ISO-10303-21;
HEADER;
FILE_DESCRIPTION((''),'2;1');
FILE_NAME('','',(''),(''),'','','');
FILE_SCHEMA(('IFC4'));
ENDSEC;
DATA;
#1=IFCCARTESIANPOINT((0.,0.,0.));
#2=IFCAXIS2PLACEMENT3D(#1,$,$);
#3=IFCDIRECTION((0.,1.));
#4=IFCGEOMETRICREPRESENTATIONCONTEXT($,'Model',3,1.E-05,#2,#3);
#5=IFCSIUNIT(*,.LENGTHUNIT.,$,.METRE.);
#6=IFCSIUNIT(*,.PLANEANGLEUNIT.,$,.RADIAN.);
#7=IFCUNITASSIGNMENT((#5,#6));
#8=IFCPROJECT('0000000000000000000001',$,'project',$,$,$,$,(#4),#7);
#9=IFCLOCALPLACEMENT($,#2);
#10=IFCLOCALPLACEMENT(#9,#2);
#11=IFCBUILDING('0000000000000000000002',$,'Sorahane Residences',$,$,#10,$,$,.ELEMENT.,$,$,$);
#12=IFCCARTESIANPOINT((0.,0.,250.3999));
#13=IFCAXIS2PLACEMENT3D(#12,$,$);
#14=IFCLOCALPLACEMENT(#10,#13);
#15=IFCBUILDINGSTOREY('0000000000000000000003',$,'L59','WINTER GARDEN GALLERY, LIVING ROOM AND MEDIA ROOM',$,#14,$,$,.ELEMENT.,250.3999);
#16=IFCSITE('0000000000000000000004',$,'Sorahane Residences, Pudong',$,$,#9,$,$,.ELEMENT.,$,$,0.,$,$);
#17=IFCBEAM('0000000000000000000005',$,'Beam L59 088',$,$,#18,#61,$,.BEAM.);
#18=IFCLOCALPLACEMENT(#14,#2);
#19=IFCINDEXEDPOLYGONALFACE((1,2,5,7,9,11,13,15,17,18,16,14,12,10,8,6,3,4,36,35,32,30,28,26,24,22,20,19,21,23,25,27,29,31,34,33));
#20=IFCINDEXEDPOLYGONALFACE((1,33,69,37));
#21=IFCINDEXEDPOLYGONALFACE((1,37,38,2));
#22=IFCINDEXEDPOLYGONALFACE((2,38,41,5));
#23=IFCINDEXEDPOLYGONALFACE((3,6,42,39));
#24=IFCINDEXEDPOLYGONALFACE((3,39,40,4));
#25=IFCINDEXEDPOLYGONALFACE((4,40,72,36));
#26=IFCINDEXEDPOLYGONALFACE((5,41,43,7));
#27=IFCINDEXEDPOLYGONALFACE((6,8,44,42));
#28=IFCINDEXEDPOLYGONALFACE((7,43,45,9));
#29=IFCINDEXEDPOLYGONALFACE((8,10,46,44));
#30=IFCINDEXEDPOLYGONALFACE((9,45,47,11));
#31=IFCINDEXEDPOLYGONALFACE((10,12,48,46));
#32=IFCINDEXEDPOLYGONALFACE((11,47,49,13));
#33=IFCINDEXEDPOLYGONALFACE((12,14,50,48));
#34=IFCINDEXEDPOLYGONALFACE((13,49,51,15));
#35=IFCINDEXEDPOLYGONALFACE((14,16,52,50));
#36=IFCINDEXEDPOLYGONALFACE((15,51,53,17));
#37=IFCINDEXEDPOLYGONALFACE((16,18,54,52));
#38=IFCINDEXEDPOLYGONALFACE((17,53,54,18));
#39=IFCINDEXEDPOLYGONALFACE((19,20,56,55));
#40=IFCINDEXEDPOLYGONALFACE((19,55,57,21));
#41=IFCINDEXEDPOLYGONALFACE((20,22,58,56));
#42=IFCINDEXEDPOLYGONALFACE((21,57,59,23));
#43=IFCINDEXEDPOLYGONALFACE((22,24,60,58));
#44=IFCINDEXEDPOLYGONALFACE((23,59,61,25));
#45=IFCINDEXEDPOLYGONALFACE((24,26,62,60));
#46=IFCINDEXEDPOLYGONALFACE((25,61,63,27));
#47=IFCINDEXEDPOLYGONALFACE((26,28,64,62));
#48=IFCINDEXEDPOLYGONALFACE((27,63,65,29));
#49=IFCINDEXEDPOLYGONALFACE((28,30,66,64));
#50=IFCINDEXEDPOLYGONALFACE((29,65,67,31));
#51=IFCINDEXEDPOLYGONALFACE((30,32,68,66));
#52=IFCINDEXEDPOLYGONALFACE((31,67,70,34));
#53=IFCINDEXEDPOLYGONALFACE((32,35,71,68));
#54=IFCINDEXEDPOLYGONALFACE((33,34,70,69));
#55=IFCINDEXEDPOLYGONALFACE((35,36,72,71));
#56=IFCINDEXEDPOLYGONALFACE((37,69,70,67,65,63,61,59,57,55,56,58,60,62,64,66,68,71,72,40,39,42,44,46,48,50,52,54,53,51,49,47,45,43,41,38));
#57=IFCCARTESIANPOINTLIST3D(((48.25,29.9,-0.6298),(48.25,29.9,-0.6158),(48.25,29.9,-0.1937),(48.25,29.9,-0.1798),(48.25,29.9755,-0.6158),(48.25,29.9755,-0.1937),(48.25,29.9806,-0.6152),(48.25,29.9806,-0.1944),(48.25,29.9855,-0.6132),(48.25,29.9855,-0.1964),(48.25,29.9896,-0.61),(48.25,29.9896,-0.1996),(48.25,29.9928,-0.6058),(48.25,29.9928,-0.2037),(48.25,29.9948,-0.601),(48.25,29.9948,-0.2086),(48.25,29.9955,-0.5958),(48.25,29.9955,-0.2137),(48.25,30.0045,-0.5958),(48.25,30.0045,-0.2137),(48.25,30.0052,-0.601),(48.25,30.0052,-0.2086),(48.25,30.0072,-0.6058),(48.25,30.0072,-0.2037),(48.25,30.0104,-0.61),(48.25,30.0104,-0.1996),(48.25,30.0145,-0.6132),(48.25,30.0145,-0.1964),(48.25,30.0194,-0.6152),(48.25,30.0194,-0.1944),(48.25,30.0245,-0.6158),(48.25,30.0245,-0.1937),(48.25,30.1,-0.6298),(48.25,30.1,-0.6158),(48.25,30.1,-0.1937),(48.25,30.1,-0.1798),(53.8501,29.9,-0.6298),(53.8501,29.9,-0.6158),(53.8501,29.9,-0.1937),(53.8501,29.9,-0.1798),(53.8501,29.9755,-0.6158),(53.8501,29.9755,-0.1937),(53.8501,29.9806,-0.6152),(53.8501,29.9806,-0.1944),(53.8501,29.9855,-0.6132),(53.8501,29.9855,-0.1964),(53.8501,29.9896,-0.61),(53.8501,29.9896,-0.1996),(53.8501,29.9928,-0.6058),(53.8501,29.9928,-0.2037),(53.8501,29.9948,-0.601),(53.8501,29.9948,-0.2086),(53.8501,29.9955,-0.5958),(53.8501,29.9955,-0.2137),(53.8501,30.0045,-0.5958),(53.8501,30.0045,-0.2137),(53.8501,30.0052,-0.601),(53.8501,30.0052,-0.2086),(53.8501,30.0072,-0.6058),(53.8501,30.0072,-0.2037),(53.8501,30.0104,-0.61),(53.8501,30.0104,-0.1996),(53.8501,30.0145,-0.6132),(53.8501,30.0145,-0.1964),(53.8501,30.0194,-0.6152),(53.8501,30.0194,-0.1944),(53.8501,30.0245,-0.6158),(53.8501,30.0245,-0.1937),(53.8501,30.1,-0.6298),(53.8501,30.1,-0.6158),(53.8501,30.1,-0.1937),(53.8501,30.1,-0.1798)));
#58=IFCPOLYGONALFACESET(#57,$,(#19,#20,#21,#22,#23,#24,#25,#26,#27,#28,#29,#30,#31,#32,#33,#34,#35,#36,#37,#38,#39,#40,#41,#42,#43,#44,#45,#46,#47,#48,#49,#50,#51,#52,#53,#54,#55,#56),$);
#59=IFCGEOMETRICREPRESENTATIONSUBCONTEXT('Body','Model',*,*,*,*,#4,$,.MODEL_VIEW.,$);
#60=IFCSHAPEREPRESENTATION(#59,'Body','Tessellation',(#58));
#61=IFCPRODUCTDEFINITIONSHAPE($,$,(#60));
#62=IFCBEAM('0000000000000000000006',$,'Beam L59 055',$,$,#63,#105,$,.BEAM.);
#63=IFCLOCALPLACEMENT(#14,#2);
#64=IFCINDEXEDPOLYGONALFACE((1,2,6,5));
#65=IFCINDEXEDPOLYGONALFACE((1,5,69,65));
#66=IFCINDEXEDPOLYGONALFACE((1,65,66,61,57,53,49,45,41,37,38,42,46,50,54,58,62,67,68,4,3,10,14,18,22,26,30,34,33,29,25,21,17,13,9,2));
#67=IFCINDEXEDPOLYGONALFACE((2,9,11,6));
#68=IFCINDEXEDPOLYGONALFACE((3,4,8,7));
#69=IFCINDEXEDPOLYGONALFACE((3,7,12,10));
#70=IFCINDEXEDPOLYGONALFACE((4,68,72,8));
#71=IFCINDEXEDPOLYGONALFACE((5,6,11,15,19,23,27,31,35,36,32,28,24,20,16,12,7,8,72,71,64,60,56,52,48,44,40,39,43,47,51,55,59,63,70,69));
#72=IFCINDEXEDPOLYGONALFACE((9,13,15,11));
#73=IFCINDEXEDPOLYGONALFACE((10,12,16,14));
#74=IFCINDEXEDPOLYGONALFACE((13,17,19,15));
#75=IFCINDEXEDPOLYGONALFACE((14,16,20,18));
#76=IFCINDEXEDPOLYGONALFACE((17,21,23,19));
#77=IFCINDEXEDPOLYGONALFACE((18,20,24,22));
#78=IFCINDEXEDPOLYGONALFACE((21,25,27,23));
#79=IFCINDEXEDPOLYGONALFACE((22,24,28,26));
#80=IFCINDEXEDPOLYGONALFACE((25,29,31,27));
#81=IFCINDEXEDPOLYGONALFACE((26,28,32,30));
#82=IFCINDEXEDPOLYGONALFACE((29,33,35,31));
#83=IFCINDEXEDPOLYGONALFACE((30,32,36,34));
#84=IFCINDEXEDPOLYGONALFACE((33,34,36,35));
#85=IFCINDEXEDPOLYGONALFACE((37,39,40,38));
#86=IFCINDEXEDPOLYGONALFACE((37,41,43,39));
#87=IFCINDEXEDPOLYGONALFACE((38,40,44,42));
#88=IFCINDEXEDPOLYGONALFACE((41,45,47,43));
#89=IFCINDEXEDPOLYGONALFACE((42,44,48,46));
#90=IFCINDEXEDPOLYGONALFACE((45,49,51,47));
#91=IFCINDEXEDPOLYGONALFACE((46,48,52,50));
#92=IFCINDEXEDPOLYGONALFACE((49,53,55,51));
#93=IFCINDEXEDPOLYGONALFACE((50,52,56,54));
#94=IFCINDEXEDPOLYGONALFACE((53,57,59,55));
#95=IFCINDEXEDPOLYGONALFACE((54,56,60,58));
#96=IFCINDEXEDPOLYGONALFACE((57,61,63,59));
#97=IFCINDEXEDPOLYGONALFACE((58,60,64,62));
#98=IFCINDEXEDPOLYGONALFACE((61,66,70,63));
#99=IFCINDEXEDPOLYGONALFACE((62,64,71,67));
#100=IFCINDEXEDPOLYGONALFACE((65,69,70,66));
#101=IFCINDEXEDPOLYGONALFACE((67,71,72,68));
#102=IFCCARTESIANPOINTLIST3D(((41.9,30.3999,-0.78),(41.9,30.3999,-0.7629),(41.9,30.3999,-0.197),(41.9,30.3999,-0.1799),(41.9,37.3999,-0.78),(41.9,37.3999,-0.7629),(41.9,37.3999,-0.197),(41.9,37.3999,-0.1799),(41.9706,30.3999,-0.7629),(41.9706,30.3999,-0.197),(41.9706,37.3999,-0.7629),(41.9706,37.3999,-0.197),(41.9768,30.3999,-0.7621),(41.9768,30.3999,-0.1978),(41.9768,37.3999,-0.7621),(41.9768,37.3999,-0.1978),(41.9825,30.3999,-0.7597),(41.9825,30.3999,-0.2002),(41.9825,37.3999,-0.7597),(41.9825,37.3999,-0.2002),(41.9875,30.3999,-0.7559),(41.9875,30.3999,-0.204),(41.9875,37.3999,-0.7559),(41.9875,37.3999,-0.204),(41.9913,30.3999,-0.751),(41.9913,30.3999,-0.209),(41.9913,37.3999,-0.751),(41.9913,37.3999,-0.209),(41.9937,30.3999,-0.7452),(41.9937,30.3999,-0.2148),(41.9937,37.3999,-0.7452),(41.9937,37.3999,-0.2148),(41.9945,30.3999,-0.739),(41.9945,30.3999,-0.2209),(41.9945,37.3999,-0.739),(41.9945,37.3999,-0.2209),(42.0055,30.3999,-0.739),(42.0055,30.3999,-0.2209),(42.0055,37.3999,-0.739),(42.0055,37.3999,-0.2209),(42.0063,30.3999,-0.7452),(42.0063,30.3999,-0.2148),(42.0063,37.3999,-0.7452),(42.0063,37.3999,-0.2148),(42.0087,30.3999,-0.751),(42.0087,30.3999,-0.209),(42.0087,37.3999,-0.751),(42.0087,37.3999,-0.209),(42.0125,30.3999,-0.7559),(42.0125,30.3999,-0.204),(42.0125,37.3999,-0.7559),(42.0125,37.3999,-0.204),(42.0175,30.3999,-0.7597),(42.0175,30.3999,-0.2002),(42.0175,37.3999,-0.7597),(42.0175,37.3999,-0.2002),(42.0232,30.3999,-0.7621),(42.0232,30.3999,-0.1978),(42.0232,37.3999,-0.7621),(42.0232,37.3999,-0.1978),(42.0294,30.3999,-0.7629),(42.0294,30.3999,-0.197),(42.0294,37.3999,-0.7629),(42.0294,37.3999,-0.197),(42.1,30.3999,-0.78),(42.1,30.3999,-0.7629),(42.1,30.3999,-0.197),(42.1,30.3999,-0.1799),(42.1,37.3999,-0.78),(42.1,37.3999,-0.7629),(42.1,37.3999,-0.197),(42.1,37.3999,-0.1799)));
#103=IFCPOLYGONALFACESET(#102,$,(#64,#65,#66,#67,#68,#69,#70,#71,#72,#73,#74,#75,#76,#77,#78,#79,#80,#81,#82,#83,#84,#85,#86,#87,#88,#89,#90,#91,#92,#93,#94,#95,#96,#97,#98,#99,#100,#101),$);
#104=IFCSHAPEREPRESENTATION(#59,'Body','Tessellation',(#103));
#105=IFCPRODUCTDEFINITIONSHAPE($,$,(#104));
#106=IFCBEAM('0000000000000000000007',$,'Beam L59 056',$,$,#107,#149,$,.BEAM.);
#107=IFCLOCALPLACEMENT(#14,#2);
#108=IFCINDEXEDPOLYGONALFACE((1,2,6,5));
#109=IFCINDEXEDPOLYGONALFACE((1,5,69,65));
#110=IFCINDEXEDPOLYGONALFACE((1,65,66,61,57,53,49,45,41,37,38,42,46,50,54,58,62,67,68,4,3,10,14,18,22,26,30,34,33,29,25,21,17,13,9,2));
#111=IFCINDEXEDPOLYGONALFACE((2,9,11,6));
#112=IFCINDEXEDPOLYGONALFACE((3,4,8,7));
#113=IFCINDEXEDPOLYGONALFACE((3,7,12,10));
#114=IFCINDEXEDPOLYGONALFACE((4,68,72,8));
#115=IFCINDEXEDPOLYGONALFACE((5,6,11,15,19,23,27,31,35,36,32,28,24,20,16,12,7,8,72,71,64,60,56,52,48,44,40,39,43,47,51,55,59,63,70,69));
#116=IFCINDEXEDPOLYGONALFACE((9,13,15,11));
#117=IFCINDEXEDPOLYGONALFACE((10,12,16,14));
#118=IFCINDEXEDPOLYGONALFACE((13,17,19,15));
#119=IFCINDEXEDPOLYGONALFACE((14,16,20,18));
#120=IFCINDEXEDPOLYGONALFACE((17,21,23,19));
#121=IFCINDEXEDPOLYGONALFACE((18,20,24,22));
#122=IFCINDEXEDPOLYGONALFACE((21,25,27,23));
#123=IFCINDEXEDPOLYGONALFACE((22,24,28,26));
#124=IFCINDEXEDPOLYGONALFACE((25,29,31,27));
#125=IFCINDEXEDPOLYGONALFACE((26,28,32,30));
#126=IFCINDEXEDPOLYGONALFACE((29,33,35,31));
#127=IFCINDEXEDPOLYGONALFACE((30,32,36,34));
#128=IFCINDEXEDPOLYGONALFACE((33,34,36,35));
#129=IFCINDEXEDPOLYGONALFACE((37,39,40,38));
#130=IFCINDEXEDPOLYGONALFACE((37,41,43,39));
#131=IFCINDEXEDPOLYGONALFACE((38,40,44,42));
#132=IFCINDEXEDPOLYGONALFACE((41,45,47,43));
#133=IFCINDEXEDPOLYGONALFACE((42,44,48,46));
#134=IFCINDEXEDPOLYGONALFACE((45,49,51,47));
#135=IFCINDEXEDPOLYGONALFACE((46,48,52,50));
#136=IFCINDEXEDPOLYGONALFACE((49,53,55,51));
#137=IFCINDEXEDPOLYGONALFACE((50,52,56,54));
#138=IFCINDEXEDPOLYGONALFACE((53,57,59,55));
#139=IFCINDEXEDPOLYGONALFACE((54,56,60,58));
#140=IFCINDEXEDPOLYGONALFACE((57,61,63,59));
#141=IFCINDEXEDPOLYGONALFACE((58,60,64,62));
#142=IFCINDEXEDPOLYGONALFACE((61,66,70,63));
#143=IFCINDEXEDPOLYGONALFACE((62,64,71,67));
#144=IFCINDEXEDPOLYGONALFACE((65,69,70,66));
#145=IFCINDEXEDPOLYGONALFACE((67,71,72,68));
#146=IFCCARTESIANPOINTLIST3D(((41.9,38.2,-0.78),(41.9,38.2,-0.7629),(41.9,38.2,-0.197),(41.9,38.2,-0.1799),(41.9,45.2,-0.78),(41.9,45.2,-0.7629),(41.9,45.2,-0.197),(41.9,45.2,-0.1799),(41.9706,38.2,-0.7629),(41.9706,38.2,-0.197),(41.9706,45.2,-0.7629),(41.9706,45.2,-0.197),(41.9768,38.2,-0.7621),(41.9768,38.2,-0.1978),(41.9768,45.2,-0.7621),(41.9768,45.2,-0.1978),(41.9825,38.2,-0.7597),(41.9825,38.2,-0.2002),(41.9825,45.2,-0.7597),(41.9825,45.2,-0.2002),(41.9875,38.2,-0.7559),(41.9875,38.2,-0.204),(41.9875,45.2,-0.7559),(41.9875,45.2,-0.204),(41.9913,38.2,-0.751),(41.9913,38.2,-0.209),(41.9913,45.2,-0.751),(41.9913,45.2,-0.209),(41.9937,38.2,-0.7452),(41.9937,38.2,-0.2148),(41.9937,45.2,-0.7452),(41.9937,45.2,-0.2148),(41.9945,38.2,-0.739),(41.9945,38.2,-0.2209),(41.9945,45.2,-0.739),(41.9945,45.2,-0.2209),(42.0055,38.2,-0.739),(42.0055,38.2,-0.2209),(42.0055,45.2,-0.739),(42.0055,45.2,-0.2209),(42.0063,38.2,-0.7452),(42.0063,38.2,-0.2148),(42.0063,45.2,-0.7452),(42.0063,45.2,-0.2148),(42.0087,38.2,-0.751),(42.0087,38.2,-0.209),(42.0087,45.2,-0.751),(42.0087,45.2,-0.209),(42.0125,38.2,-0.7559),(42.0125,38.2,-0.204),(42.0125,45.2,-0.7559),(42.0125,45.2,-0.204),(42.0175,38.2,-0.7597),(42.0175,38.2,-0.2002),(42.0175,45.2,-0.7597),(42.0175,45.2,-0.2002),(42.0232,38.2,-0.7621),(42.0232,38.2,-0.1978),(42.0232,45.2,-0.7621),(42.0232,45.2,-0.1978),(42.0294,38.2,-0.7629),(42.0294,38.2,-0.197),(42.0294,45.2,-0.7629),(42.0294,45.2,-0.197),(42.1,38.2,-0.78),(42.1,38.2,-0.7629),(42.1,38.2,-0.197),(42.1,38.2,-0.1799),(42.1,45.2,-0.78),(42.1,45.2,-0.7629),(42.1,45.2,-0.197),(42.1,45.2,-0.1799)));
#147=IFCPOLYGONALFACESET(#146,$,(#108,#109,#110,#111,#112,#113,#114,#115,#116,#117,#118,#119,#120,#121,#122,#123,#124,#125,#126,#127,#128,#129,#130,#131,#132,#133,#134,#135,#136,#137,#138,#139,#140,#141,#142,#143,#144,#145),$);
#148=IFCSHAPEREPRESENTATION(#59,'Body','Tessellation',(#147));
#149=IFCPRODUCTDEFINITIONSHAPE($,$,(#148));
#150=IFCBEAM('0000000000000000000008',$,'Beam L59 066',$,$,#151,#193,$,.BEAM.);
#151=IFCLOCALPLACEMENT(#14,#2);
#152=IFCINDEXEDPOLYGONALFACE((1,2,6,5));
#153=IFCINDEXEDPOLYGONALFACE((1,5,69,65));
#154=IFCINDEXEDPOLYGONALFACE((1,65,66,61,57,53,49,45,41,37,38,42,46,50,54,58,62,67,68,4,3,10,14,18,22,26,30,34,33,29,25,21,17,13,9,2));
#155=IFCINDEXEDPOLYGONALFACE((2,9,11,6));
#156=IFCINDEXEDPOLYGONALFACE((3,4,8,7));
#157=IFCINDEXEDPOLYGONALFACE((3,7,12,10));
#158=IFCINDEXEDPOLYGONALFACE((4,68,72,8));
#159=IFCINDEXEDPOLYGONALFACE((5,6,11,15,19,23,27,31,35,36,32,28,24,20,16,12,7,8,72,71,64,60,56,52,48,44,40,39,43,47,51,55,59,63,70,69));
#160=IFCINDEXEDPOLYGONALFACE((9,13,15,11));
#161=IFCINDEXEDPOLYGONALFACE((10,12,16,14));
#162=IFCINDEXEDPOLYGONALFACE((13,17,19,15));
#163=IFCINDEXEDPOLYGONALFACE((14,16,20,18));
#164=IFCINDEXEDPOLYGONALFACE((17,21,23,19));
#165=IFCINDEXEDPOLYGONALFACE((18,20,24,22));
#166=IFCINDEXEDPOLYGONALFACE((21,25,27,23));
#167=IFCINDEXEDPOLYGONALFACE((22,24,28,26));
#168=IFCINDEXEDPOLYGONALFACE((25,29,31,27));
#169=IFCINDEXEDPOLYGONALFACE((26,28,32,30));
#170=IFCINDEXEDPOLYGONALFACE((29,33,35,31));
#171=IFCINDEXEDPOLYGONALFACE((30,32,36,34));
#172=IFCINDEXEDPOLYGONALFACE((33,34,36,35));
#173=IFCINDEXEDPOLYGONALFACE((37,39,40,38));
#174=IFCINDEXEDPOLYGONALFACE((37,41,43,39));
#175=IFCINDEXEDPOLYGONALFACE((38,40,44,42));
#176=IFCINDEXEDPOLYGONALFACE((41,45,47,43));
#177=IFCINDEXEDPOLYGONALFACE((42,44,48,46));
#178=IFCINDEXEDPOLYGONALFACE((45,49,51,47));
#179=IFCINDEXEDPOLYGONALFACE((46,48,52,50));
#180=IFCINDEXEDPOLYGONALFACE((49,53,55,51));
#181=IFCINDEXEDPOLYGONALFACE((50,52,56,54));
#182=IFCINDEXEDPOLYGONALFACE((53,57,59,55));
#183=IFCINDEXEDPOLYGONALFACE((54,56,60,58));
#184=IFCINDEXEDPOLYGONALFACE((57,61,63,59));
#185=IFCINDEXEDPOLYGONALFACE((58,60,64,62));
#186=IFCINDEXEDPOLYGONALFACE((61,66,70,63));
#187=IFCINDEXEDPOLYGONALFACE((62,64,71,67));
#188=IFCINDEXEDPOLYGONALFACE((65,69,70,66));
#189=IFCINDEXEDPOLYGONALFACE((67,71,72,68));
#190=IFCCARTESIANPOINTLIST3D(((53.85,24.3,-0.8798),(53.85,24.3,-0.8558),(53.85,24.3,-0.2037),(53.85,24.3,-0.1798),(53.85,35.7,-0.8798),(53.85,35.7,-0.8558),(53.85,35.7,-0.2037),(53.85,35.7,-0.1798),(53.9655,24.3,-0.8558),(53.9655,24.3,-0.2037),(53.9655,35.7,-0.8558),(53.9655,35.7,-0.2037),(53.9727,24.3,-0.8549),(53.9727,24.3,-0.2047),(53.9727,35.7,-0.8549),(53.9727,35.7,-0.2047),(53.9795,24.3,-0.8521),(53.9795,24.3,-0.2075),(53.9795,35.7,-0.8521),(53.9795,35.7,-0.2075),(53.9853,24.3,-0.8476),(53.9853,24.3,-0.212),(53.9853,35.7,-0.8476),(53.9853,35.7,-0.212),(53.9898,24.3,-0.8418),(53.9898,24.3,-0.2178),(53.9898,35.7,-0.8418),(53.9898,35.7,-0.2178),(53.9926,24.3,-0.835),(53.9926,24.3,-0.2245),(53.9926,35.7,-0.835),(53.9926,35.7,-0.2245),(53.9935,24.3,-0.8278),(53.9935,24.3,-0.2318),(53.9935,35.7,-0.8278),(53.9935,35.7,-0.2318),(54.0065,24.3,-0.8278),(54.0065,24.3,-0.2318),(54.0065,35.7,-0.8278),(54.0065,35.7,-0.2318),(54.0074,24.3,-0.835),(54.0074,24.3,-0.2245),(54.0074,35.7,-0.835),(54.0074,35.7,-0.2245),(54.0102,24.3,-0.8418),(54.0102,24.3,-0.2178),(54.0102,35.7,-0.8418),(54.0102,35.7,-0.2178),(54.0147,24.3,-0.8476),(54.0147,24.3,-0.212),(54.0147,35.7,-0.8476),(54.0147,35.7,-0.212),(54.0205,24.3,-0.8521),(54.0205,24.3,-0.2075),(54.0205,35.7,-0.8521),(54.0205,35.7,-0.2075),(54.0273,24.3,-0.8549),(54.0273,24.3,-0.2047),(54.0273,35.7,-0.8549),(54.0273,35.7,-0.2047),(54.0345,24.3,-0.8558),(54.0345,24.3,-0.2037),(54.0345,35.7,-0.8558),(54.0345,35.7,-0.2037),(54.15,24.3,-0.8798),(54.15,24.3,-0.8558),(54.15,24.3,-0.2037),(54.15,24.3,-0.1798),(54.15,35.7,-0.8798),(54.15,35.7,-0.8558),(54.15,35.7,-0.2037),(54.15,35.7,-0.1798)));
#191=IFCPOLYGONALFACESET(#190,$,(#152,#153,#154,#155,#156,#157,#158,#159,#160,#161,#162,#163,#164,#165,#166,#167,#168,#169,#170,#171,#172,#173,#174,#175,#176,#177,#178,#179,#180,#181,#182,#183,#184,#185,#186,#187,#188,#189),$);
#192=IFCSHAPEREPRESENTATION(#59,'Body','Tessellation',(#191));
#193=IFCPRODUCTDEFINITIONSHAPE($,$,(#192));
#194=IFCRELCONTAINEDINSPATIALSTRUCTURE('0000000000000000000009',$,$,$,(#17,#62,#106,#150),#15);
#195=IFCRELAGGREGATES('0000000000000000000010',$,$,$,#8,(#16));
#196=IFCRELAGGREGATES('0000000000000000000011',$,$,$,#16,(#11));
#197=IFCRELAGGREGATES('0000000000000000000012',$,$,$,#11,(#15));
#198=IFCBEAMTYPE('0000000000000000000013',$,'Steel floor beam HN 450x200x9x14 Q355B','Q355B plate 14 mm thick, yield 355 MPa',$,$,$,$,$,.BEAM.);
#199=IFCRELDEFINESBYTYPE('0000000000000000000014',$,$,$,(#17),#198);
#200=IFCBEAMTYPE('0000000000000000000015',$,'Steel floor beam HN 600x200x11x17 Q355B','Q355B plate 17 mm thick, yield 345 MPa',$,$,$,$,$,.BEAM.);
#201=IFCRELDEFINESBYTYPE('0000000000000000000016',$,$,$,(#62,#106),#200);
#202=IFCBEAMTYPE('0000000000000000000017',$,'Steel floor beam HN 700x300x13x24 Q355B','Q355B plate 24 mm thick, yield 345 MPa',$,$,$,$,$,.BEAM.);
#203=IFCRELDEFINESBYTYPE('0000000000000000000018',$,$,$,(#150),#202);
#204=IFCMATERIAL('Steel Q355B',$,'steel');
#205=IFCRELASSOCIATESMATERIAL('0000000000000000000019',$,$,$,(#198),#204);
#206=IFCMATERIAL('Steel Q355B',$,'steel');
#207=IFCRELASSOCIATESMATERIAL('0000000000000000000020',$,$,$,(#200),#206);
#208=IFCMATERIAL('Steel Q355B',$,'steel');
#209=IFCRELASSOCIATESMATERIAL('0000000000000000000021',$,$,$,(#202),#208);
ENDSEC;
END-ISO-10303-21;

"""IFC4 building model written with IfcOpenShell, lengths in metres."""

from ifc_helpers import new_model, si_unit, direction, frame, origin, origin_2d, place, context, subcontext, project, spatial, i_section, extrude, material, material_profile, profile_set, type_object, element, save


model = new_model("IFC4")

# Units and contexts
model_context = context("Model", 3, precision=1e-05, world=origin(), true_north=direction((0.0, 1.0)))
body_context = subcontext(model_context, "Body", "Model", "MODEL_VIEW")
ifc_project = project(units=[si_unit("LENGTHUNIT", "METRE"), si_unit("PLANEANGLEUNIT", "RADIAN")], contexts=[model_context])

# Site, building, storey
site_placement = place(None, origin())
site = spatial("IfcSite", under=ifc_project, at=site_placement, Name="Sorahane Residences, Pudong", CompositionType="ELEMENT", RefElevation=0.0)
building_placement = place(site_placement, origin())
building = spatial("IfcBuilding", under=site, at=building_placement, Name="Sorahane Residences", CompositionType="ELEMENT")
storey_placement = place(building_placement, frame((0.0, 0.0, 250.3999)))
storey = spatial("IfcBuildingStorey", under=building, at=storey_placement, Name="L59", Description="WINTER GARDEN GALLERY, LIVING ROOM AND MEDIA ROOM", CompositionType="ELEMENT", Elevation=250.3999)

# Beams
ifc_material_1 = material(Name="Steel Q355B", Category="steel")
ifc_material_profile_1 = material_profile(ifc_material_1, i_section(OverallWidth=0.2, OverallDepth=0.45, WebThickness=0.009, FlangeThickness=0.0139, FilletRadius=0.02, at=origin_2d()), Name="HN 450x200x9x14")
ifc_profile_set_1 = profile_set([ifc_material_profile_1], Name="Steel Q355B")
beam_type_1 = type_object("IfcBeamType", Name="Steel floor beam HN 450x200x9x14 Q355B", Description="Q355B plate 14 mm thick, yield 355 MPa", PredefinedType="BEAM", material=ifc_profile_set_1)
beam_1_placement = place(storey_placement, frame((48.25, 30.0, -0.4048), z_axis=(1.0, 0.0, 0.0), x_axis=(0.0, 1.0, 0.0)))
element("IfcBeam", 1, at=beam_1_placement, inside=storey, type_object=beam_type_1, Name="Beam L59 088", PredefinedType="BEAM", context=body_context, shape_type="SweptSolid", body=[
    extrude(i_section(OverallWidth=0.2, OverallDepth=0.45, WebThickness=0.009, FlangeThickness=0.0139, FilletRadius=0.02, at=origin_2d()), origin(), (0.0, 0.0, 1.0), 5.6001),
])
ifc_material_2 = material(Name="Steel Q355B", Category="steel")
ifc_material_profile_2 = material_profile(ifc_material_2, i_section(OverallWidth=0.2, OverallDepth=0.6001, WebThickness=0.011, FlangeThickness=0.0171, FilletRadius=0.0239, at=origin_2d()), Name="HN 600x200x11x17")
ifc_profile_set_2 = profile_set([ifc_material_profile_2], Name="Steel Q355B")
beam_type_2 = type_object("IfcBeamType", Name="Steel floor beam HN 600x200x11x17 Q355B", Description="Q355B plate 17 mm thick, yield 345 MPa", PredefinedType="BEAM", material=ifc_profile_set_2)
for number, where, z_axis, x_axis, name in (
    (2, (42.0, 30.3999, -0.48), (0.0, 1.0, 0.0), (-1.0, 0.0, 0.0), "Beam L59 055"),
    (3, (42.0, 38.2, -0.48), (0.0, 1.0, 0.0), (-1.0, 0.0, 0.0), "Beam L59 056"),
):
    element("IfcBeam", number, at=place(storey_placement, frame(where, z_axis=z_axis, x_axis=x_axis)), inside=storey, type_object=beam_type_2, Name=name, PredefinedType="BEAM", context=body_context, shape_type="SweptSolid", body=[
        extrude(i_section(OverallWidth=0.2, OverallDepth=0.6001, WebThickness=0.011, FlangeThickness=0.0171, FilletRadius=0.0239, at=origin_2d()), origin(), (0.0, 0.0, 1.0), 7.0),
    ])
ifc_material_3 = material(Name="Steel Q355B", Category="steel")
ifc_material_profile_3 = material_profile(ifc_material_3, i_section(OverallWidth=0.3, OverallDepth=0.7, WebThickness=0.0129, FlangeThickness=0.0239, FilletRadius=0.0281, at=origin_2d()), Name="HN 700x300x13x24")
ifc_profile_set_3 = profile_set([ifc_material_profile_3], Name="Steel Q355B")
beam_type_3 = type_object("IfcBeamType", Name="Steel floor beam HN 700x300x13x24 Q355B", Description="Q355B plate 24 mm thick, yield 345 MPa", PredefinedType="BEAM", material=ifc_profile_set_3)
beam_2_placement = place(storey_placement, frame((54.0, 24.3, -0.5298), z_axis=(0.0, 1.0, 0.0), x_axis=(-1.0, 0.0, 0.0)))
element("IfcBeam", 4, at=beam_2_placement, inside=storey, type_object=beam_type_3, Name="Beam L59 066", PredefinedType="BEAM", context=body_context, shape_type="SweptSolid", body=[
    extrude(i_section(OverallWidth=0.3, OverallDepth=0.7, WebThickness=0.0129, FlangeThickness=0.0239, FilletRadius=0.0281, at=origin_2d()), origin(), (0.0, 0.0, 1.0), 11.3999),
])

save(model, "model.ifc")
